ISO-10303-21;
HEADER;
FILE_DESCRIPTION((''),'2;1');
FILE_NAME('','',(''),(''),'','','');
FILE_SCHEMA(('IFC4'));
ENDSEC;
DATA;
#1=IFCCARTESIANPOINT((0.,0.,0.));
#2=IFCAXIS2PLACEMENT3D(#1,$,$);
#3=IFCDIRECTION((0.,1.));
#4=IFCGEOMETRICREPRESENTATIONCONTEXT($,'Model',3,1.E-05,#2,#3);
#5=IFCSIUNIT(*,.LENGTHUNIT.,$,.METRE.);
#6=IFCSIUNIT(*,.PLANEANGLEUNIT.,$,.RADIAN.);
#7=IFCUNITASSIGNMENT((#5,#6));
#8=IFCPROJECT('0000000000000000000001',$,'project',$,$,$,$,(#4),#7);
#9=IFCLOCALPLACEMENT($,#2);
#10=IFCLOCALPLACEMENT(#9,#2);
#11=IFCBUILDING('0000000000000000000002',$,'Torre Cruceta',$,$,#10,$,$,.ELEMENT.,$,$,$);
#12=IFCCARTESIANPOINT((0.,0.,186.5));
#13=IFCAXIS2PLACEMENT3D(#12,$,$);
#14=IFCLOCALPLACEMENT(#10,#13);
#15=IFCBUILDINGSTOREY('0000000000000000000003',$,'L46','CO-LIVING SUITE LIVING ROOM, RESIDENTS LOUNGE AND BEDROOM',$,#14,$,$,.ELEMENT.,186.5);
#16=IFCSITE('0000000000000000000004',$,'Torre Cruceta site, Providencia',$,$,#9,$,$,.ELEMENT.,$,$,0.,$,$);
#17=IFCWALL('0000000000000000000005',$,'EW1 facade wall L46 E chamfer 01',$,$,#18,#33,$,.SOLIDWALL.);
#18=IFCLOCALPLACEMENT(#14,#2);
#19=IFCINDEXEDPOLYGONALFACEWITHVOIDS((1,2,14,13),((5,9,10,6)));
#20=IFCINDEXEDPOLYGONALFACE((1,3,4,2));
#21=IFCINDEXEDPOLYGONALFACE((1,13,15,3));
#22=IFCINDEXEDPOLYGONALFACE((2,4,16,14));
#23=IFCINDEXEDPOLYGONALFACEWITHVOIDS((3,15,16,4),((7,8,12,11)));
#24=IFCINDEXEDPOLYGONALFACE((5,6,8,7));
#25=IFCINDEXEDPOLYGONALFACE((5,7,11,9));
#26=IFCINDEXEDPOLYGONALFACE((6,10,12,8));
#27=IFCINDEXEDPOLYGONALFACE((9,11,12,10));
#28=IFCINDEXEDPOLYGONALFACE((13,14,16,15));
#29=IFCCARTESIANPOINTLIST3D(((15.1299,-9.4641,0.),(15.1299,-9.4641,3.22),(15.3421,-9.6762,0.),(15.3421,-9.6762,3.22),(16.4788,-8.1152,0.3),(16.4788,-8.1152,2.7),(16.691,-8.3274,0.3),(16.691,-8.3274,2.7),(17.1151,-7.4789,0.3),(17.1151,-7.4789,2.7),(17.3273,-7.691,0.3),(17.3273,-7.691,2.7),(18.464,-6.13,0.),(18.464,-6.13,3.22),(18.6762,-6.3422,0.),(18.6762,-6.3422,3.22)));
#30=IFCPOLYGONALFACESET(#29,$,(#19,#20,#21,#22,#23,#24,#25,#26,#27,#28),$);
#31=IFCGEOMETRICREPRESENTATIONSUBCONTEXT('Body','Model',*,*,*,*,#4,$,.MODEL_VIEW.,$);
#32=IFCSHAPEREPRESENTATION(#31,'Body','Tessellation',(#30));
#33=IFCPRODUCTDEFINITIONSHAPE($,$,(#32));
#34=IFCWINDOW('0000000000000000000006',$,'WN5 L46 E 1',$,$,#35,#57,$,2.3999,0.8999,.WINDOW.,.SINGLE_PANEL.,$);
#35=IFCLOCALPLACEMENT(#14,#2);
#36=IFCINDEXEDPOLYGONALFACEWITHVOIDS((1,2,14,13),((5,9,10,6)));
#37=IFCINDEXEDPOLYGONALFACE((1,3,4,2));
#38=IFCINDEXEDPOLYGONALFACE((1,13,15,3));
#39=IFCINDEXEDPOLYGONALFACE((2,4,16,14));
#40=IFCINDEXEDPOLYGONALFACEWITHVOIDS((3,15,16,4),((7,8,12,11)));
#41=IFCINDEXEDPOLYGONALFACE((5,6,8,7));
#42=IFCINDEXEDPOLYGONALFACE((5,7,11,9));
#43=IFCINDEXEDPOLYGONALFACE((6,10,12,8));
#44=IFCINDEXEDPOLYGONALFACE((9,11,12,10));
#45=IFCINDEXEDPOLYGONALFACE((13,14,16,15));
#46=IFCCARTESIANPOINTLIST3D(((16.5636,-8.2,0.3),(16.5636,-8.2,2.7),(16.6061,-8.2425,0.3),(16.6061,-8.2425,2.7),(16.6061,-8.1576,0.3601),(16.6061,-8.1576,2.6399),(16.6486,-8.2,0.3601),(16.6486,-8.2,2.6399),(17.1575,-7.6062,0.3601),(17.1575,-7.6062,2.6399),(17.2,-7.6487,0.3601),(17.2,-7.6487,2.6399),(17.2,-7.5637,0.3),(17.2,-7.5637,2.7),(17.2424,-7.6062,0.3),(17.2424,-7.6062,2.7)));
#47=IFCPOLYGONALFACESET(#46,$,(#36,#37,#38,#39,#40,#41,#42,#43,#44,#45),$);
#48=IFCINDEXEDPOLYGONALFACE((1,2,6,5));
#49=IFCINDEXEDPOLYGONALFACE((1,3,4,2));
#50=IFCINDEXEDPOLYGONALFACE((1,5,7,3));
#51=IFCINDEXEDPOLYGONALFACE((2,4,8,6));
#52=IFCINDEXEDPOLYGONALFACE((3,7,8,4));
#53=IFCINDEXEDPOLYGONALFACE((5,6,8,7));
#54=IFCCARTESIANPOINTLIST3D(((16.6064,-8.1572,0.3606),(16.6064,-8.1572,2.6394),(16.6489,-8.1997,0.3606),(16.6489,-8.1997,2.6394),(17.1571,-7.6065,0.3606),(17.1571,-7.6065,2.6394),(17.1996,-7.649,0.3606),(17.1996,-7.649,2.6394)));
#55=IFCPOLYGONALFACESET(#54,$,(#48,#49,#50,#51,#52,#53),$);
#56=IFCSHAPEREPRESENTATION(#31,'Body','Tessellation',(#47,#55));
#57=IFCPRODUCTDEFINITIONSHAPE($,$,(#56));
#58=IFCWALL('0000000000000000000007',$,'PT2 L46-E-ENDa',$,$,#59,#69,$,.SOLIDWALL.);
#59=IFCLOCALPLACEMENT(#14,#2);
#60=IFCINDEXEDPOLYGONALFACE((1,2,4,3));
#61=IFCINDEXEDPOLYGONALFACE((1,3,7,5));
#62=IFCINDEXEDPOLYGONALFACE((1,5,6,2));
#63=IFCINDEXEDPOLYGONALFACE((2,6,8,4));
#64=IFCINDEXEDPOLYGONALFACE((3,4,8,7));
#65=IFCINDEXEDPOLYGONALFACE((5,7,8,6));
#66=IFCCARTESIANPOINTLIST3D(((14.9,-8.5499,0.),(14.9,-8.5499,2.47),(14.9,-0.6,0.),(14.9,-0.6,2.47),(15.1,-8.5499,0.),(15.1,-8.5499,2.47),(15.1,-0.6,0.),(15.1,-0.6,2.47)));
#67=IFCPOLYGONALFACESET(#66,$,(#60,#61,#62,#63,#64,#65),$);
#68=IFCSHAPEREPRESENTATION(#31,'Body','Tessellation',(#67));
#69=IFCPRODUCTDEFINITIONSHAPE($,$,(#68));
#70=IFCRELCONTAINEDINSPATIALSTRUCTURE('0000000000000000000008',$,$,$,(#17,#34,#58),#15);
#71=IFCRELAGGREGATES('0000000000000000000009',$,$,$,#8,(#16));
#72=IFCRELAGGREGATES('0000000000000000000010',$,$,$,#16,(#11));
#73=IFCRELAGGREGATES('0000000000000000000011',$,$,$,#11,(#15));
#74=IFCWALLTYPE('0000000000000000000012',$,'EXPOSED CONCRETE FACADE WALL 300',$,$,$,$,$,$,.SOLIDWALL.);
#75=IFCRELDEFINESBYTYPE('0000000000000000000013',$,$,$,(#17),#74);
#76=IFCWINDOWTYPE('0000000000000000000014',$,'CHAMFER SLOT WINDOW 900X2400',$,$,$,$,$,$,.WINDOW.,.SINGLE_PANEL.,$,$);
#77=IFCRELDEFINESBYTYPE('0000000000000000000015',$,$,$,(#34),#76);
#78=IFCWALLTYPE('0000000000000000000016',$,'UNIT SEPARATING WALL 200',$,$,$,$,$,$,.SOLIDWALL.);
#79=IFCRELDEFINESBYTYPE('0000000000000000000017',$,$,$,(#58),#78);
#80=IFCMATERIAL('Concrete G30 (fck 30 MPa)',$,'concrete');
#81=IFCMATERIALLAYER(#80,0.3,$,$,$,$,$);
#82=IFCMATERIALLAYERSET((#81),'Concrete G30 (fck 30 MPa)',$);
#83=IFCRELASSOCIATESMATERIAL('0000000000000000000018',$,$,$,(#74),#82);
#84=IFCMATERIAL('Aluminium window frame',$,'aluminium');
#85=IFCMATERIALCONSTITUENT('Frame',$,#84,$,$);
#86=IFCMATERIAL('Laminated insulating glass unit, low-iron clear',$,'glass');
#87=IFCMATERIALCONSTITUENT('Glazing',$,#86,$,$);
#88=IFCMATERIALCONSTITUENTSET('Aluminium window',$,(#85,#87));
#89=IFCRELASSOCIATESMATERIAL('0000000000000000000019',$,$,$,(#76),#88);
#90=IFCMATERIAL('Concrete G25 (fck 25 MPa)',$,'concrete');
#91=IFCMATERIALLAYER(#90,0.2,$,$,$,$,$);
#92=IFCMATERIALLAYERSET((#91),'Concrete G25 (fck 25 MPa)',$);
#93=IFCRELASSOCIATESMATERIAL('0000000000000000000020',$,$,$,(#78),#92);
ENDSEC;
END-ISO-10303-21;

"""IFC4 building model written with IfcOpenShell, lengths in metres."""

from ifc_helpers import new_model, si_unit, direction, frame, frame_2d, origin, place, context, subcontext, project, spatial, rectangle, hollow_rectangle, extrude, material, layer, layer_set, constituent, constituent_set, type_object, element, fill, save


model = new_model("IFC4")

# Units and contexts
model_context = context("Model", 3, precision=1e-05, world=origin(), true_north=direction((0.0, 1.0)))
body_context = subcontext(model_context, "Body", "Model", "MODEL_VIEW")
ifc_project = project(units=[si_unit("LENGTHUNIT", "METRE"), si_unit("PLANEANGLEUNIT", "RADIAN")], contexts=[model_context])

# Site, building, storey
site_placement = place(None, origin())
site = spatial("IfcSite", under=ifc_project, at=site_placement, Name="Torre Cruceta site, Providencia", CompositionType="ELEMENT", RefElevation=0.0)
building_placement = place(site_placement, origin())
building = spatial("IfcBuilding", under=site, at=building_placement, Name="Torre Cruceta", CompositionType="ELEMENT")
storey_placement = place(building_placement, frame((0.0, 0.0, 186.5)))
storey = spatial("IfcBuildingStorey", under=building, at=storey_placement, Name="L46", Description="CO-LIVING SUITE LIVING ROOM, RESIDENTS LOUNGE AND BEDROOM", CompositionType="ELEMENT", Elevation=186.5)

# Wall, opening, window
ifc_material_1 = material(Name="Concrete G30 (fck 30 MPa)", Category="concrete")
ifc_layer_1 = layer(ifc_material_1, 0.3)
ifc_layer_set_1 = layer_set([ifc_layer_1], Name="Concrete G30 (fck 30 MPa)")
wall_type_1 = type_object("IfcWallType", Name="EXPOSED CONCRETE FACADE WALL 300", PredefinedType="SOLIDWALL", material=ifc_layer_set_1)
wall_1_placement = place(storey_placement, frame((15.2361, -9.5701, 0.0), z_axis=(0.0, 0.0, 1.0), x_axis=(0.707107, 0.707107, 0.0)))
wall_1 = element("IfcWall", 1, at=wall_1_placement, inside=storey, type_object=wall_type_1, Name="EW1 facade wall L46 E chamfer 01", PredefinedType="SOLIDWALL", context=body_context, shape_type="SweptSolid", body=[
    extrude(rectangle(XDim=4.7151, YDim=0.3, at=frame_2d((2.3574, 0.0))), origin(), (0.0, 0.0, 1.0), 3.22),
])
opening_1_placement = place(wall_1_placement, frame((1.9075, 0.0, 0.3)))
opening_1 = element("IfcOpeningElement", 2, at=opening_1_placement, cuts=wall_1, PredefinedType="OPENING", context=body_context, shape_type="SweptSolid", body=[
    extrude(rectangle(XDim=0.8999, YDim=2.3999, at=frame_2d((0.45, 1.2))), frame((0.0, 0.1599, 0.0), z_axis=(0.0, -1.0, 0.0), x_axis=(1.0, 0.0, 0.0)), (0.0, 0.0, 1.0), 0.3201),
])
ifc_material_2 = material(Name="Aluminium window frame", Category="aluminium")
ifc_constituent_1 = constituent(ifc_material_2, Name="Frame")
ifc_material_3 = material(Name="Laminated insulating glass unit, low-iron clear", Category="glass")
ifc_constituent_2 = constituent(ifc_material_3, Name="Glazing")
ifc_constituent_set = constituent_set(constituents=[ifc_constituent_1, ifc_constituent_2], Name="Aluminium window")
window_type = type_object("IfcWindowType", Name="CHAMFER SLOT WINDOW 900X2400", PartitioningType="SINGLE_PANEL", PredefinedType="WINDOW", material=ifc_constituent_set)
window_placement = place(opening_1_placement, origin())
window = element("IfcWindow", 3, at=window_placement, inside=storey, type_object=window_type, Name="WN5 L46 E 1", OverallHeight=2.3999, OverallWidth=0.8999, PartitioningType="SINGLE_PANEL", PredefinedType="WINDOW", context=body_context, shape_type="SweptSolid", body=[
    extrude(hollow_rectangle(XDim=0.8999, YDim=2.3999, WallThickness=0.0601, at=frame_2d((0.45, 1.2))), frame((0.0, 0.03, 0.0), z_axis=(0.0, -1.0, 0.0), x_axis=(1.0, 0.0, 0.0)), (0.0, 0.0, 1.0), 0.0601),
    extrude(rectangle(XDim=0.7788, YDim=2.2788, at=frame_2d((0.45, 1.2))), frame((0.0, 0.03, 0.0), z_axis=(0.0, -1.0, 0.0), x_axis=(1.0, 0.0, 0.0)), (0.0, 0.0, 1.0), 0.0601),
])
fill(opening_1, window)

# Wall
ifc_material_4 = material(Name="Concrete G25 (fck 25 MPa)", Category="concrete")
ifc_layer_2 = layer(ifc_material_4, 0.2)
ifc_layer_set_2 = layer_set([ifc_layer_2], Name="Concrete G25 (fck 25 MPa)")
wall_type_2 = type_object("IfcWallType", Name="UNIT SEPARATING WALL 200", PredefinedType="SOLIDWALL", material=ifc_layer_set_2)
wall_2_placement = place(storey_placement, frame((15.0, -8.55, 0.0), z_axis=(0.0, 0.0, 1.0), x_axis=(0.0, 1.0, 0.0)))
element("IfcWall", 4, at=wall_2_placement, inside=storey, type_object=wall_type_2, Name="PT2 L46-E-ENDa", PredefinedType="SOLIDWALL", context=body_context, shape_type="SweptSolid", body=[
    extrude(rectangle(XDim=7.95, YDim=0.2, at=frame_2d((3.9751, 0.0))), origin(), (0.0, 0.0, 1.0), 2.47),
])

save(model, "model.ifc")
